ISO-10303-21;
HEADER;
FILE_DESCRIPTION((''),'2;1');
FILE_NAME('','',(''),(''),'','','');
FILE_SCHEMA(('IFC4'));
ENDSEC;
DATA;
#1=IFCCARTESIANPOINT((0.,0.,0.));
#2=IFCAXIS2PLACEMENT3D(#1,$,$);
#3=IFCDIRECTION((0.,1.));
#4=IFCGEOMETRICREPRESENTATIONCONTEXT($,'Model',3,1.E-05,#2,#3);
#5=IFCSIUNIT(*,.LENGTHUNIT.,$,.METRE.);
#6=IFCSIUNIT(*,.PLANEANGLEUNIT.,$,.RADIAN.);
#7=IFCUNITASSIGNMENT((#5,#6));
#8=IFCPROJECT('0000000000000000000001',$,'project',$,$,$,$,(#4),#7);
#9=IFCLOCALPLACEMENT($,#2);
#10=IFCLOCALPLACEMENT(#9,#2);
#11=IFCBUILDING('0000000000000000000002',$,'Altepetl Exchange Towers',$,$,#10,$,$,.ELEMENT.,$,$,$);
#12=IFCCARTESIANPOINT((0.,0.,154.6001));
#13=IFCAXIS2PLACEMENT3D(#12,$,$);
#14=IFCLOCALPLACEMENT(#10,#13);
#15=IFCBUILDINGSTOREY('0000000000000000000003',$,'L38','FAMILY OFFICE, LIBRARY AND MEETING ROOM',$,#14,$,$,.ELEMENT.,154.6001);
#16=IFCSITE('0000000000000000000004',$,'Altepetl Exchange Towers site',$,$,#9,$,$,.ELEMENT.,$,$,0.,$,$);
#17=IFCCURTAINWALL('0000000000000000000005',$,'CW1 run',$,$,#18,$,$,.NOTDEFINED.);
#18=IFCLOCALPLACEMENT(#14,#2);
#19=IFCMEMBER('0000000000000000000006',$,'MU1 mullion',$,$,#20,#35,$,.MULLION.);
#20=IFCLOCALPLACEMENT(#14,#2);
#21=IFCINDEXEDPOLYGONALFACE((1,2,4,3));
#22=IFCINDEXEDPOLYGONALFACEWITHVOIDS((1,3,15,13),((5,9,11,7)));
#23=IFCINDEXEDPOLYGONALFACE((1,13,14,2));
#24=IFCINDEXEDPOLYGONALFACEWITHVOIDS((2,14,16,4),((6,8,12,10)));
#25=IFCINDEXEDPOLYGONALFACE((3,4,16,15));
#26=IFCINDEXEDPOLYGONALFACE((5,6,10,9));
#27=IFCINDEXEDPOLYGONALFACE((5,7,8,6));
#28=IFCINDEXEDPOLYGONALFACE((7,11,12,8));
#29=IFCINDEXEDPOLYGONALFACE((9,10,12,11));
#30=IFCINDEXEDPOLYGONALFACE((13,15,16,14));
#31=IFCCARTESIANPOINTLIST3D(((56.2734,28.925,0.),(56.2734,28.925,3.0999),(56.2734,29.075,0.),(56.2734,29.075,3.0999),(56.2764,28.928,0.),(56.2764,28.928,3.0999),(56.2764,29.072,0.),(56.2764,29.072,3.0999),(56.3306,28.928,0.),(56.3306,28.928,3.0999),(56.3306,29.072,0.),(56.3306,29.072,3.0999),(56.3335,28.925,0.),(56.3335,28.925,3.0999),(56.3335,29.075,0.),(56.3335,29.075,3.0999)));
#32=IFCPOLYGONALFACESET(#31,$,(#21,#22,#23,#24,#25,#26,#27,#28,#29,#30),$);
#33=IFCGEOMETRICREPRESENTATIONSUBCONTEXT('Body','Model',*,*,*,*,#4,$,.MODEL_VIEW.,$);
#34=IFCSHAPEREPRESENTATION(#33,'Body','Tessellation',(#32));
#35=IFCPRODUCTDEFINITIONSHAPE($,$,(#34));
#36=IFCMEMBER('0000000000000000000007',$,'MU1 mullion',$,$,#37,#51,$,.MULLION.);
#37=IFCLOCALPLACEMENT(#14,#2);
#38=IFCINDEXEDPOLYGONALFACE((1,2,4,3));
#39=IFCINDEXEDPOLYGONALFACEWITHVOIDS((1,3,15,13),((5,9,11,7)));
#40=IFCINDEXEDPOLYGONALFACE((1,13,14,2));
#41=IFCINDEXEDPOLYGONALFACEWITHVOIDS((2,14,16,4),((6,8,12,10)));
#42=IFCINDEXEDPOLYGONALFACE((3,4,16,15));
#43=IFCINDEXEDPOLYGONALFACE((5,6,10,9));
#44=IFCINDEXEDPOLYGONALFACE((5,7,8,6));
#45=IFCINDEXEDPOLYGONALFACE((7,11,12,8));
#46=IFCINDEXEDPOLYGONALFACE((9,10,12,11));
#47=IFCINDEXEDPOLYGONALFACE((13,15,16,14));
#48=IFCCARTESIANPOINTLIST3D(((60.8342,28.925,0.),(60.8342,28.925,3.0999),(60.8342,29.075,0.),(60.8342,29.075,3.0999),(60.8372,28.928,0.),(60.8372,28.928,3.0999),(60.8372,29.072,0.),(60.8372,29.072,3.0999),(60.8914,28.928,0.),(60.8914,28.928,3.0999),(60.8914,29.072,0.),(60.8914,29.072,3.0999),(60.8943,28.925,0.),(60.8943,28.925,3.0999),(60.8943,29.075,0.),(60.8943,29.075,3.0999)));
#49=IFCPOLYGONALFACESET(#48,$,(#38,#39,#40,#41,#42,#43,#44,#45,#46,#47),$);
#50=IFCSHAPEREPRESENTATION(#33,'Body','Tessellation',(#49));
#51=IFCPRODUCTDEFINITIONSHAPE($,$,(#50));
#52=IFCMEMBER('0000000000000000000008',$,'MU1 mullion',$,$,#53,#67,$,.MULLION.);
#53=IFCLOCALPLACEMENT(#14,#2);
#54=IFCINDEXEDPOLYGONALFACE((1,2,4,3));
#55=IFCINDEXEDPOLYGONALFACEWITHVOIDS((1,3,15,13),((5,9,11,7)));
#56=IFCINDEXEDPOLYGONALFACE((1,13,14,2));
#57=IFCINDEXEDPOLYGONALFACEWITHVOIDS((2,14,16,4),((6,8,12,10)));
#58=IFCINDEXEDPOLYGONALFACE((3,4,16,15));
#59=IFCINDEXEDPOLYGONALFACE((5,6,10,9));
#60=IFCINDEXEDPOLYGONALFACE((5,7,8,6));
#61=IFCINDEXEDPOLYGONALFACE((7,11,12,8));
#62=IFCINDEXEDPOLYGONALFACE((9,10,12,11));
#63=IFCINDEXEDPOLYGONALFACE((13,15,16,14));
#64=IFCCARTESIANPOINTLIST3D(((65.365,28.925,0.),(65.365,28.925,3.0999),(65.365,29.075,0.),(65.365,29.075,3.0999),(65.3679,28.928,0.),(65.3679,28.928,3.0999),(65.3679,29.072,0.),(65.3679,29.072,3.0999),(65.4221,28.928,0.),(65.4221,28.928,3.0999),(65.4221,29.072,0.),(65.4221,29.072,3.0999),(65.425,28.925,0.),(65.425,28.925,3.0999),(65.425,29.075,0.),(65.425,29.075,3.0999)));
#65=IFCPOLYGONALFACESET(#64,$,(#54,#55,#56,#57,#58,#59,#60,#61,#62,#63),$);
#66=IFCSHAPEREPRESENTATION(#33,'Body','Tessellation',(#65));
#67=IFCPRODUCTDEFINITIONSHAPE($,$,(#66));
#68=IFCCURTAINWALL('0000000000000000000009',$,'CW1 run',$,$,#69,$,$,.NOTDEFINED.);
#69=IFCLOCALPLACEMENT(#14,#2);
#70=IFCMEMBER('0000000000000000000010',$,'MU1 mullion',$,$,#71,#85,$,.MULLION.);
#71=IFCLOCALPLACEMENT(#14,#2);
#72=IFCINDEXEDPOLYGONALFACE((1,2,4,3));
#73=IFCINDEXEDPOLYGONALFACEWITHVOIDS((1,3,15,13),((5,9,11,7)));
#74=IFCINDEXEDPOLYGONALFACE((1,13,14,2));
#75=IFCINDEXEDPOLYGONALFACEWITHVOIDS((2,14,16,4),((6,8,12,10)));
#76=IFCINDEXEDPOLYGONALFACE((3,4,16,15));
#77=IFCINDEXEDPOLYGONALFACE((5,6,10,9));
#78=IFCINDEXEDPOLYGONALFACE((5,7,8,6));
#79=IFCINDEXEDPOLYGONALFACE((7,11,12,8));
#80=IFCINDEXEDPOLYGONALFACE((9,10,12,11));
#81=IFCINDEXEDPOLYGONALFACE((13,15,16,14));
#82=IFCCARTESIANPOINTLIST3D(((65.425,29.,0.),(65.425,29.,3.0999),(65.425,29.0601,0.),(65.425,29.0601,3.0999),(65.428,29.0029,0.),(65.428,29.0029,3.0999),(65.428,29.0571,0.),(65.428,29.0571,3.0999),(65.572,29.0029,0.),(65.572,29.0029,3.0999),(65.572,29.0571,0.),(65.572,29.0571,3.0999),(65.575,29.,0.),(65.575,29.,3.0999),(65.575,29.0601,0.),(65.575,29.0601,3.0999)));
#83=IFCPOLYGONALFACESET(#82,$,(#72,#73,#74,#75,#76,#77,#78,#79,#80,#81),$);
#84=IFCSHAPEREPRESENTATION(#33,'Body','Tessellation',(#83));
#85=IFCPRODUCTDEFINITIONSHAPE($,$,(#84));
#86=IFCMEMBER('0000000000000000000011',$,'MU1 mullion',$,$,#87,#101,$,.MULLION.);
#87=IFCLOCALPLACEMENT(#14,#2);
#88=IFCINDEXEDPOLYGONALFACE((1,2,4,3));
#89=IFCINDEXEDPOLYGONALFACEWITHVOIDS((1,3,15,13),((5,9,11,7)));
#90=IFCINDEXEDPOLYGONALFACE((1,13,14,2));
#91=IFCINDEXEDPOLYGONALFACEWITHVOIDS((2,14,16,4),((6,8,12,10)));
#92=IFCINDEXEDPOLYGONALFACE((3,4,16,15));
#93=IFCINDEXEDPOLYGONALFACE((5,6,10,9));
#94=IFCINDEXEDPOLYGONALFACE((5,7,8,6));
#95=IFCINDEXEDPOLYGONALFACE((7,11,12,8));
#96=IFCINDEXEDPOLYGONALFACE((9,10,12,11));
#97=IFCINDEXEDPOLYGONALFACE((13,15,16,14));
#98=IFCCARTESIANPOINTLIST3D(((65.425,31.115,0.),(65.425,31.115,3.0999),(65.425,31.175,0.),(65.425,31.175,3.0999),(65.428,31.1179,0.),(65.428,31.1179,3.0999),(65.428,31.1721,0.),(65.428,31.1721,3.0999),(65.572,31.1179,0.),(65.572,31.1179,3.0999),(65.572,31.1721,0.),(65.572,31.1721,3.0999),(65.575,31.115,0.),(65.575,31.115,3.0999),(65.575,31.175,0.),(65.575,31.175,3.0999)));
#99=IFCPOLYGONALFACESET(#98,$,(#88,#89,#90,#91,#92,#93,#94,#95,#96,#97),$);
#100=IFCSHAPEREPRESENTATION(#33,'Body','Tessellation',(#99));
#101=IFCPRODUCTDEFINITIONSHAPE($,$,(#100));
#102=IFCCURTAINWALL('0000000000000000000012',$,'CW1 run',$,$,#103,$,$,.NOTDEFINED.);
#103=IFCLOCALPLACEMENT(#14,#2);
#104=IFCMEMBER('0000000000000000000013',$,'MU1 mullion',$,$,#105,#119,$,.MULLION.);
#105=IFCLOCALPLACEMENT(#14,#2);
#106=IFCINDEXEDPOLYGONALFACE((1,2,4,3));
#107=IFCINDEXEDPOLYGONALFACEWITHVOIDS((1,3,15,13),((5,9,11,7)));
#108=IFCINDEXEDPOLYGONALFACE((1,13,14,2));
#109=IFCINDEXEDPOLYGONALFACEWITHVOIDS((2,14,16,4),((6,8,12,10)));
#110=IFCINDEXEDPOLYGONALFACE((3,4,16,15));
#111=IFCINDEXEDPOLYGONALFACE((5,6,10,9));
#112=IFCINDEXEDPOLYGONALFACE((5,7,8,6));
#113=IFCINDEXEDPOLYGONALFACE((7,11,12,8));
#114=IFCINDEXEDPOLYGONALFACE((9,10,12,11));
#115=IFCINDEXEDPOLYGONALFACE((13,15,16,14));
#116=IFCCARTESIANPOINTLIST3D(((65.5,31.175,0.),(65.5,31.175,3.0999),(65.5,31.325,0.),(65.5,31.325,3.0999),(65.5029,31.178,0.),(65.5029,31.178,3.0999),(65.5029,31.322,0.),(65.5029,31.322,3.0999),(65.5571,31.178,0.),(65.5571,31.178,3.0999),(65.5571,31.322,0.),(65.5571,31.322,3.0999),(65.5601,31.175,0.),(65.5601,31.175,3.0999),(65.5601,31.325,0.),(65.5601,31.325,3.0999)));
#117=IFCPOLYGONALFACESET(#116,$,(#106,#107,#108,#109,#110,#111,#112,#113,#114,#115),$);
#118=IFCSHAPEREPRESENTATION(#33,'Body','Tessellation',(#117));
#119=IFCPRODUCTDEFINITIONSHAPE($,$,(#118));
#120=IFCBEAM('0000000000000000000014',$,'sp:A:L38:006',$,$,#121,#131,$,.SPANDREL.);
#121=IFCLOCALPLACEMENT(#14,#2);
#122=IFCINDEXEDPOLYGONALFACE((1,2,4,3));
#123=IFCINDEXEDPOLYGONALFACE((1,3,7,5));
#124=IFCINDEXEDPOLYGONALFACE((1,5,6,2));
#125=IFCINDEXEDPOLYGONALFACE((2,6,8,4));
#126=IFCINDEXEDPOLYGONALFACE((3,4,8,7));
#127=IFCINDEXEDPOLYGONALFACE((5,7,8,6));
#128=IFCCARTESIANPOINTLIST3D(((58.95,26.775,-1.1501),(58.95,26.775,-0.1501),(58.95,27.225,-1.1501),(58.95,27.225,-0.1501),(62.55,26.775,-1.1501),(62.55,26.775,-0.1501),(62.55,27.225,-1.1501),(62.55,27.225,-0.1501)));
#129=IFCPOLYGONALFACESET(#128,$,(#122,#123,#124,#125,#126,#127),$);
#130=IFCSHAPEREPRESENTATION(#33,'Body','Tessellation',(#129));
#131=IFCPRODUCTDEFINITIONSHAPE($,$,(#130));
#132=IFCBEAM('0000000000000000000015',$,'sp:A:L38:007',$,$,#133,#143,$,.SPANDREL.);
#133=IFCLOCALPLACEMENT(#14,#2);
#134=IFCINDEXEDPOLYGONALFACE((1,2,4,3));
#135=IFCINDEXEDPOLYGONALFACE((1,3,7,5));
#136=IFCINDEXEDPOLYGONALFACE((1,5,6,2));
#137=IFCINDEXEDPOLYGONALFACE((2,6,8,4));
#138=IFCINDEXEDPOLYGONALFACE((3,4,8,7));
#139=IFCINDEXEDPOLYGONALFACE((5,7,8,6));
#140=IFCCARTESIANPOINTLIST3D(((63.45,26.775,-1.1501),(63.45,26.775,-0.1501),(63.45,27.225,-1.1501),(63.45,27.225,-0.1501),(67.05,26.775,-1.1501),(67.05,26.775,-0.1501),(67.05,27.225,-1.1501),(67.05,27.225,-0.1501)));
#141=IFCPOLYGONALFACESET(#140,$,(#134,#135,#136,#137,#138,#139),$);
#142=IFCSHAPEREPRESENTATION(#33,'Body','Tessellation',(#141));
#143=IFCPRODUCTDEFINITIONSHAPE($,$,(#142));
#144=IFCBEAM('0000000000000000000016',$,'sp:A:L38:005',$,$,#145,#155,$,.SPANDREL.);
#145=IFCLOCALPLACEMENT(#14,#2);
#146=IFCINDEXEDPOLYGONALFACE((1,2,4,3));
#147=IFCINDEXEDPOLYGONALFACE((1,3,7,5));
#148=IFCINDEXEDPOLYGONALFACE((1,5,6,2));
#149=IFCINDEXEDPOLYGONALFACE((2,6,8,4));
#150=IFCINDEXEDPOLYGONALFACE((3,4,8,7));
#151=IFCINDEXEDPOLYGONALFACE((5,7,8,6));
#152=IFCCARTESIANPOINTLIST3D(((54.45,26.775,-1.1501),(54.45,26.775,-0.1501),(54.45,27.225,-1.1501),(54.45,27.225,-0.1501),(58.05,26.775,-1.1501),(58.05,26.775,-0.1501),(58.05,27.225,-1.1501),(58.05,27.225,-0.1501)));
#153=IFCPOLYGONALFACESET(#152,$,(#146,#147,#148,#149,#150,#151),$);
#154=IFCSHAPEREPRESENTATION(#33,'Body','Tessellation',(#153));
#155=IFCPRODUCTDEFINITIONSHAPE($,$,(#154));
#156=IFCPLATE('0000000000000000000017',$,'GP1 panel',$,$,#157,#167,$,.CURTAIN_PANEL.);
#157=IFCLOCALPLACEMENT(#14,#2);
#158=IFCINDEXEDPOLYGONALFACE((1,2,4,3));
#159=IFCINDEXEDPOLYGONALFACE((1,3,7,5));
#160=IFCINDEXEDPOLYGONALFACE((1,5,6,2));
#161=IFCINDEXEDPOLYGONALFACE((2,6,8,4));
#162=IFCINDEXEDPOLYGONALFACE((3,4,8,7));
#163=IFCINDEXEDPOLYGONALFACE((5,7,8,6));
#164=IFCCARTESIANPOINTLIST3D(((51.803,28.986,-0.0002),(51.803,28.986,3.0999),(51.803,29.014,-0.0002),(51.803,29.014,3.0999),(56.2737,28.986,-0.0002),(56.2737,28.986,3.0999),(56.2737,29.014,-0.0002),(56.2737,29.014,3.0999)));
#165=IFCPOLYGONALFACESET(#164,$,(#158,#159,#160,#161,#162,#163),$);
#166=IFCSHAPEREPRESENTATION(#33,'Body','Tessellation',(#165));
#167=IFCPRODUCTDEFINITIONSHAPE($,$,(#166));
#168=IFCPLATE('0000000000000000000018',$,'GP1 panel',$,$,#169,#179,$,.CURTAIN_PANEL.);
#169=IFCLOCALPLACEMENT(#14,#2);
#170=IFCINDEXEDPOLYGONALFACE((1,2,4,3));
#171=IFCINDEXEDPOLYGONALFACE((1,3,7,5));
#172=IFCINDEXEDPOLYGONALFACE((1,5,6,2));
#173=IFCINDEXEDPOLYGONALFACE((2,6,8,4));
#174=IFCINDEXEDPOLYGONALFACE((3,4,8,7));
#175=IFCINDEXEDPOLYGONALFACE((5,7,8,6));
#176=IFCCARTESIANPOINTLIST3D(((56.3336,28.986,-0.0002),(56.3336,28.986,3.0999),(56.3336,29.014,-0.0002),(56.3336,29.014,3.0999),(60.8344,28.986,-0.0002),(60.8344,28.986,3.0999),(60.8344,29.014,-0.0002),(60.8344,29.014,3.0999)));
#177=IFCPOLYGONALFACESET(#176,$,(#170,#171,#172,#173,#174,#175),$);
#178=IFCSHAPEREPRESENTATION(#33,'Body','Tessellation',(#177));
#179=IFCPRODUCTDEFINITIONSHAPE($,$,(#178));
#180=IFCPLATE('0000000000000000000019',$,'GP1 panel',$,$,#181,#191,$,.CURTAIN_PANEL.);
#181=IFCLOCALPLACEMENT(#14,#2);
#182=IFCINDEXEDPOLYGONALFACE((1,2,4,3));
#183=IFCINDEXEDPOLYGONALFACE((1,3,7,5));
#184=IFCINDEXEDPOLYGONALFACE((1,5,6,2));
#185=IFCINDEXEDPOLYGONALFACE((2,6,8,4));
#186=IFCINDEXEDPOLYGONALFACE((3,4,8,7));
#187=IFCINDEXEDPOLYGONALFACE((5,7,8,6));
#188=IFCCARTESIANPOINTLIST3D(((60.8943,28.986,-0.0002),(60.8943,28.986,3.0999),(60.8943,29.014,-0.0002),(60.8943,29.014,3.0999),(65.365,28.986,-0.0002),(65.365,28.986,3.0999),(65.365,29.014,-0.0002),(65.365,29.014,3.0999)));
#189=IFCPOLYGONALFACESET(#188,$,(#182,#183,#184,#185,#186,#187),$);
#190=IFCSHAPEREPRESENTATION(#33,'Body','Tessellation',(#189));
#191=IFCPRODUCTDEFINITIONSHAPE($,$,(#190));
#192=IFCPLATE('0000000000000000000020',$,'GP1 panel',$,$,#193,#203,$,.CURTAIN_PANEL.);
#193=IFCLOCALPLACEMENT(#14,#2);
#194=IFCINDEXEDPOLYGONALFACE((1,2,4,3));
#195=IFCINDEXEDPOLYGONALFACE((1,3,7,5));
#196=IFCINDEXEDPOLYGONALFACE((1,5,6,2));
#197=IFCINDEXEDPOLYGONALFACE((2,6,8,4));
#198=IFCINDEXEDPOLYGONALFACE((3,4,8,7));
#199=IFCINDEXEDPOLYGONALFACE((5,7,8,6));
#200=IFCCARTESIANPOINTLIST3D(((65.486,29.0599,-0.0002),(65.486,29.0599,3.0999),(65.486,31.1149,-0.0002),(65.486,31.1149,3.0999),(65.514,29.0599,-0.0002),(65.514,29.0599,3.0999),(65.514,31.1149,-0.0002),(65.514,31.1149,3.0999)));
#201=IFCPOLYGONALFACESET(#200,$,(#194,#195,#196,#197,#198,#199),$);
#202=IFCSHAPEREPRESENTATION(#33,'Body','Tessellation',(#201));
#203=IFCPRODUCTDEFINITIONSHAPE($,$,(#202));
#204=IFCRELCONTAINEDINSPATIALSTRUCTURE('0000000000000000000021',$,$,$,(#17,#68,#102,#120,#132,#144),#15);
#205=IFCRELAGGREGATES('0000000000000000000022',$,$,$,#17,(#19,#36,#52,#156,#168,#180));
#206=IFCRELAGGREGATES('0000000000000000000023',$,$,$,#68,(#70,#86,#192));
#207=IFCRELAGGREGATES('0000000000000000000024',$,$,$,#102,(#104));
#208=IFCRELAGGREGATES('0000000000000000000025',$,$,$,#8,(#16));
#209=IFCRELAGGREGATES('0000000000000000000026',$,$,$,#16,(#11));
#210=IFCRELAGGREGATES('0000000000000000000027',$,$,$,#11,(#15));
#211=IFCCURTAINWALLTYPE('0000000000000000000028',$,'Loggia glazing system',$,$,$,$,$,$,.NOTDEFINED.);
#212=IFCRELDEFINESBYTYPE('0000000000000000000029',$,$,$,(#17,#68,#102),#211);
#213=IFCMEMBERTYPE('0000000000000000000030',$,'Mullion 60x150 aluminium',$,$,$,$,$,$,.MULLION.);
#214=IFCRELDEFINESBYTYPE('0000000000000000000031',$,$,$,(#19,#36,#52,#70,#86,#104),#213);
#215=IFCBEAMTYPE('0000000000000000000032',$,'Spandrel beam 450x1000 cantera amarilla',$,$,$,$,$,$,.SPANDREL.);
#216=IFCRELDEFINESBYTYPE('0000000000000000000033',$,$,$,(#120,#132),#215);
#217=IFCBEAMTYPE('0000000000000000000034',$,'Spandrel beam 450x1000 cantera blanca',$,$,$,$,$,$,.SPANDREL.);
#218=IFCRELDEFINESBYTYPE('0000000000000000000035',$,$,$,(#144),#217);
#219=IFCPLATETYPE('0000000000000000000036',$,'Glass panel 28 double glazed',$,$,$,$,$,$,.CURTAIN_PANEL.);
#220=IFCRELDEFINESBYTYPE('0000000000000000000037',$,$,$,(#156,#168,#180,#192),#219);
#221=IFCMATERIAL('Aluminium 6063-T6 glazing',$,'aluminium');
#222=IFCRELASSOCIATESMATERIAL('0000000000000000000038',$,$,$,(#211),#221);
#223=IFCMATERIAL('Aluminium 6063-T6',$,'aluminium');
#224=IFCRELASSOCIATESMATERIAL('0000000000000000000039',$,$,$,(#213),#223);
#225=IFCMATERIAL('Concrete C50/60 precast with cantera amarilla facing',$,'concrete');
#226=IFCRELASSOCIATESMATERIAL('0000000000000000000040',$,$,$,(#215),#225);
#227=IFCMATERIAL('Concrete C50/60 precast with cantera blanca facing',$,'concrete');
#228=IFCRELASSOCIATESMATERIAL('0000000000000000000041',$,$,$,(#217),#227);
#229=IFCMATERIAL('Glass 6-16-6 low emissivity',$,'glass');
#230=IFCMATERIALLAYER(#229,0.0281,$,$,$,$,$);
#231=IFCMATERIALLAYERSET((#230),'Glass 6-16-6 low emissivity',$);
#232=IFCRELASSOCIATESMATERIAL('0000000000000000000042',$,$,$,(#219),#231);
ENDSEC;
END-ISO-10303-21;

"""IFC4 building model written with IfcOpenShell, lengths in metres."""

from ifc_helpers import new_model, si_unit, direction, frame, origin, origin_2d, place, context, subcontext, project, spatial, rectangle, hollow_rectangle, extrude, material, layer, layer_set, material_profile, profile_set, type_object, element, aggregate, save


model = new_model("IFC4")

# Units and contexts
model_context = context("Model", 3, precision=1e-05, world=origin(), true_north=direction((0.0, 1.0)))
body_context = subcontext(model_context, "Body", "Model", "MODEL_VIEW")
ifc_project = project(units=[si_unit("LENGTHUNIT", "METRE"), si_unit("PLANEANGLEUNIT", "RADIAN")], contexts=[model_context])

# Site, building, storey
site_placement = place(None, origin())
site = spatial("IfcSite", under=ifc_project, at=site_placement, Name="Altepetl Exchange Towers site", CompositionType="ELEMENT", RefElevation=0.0)
building_placement = place(site_placement, origin())
building = spatial("IfcBuilding", under=site, at=building_placement, Name="Altepetl Exchange Towers", CompositionType="ELEMENT")
storey_placement = place(building_placement, frame((0.0, 0.0, 154.6001)))
storey = spatial("IfcBuildingStorey", under=building, at=storey_placement, Name="L38", Description="FAMILY OFFICE, LIBRARY AND MEETING ROOM", CompositionType="ELEMENT", Elevation=154.6001)

# Curtain walls, members
ifc_material_1 = material(Name="Aluminium 6063-T6 glazing", Category="aluminium")
curtain_wall_type = type_object("IfcCurtainWallType", Name="Loggia glazing system", PredefinedType="NOTDEFINED", material=ifc_material_1)
curtain_wall_1_placement = place(storey_placement, origin())
curtain_wall_1 = element("IfcCurtainWall", 1, at=curtain_wall_1_placement, inside=storey, type_object=curtain_wall_type, Name="CW1 run", PredefinedType="NOTDEFINED")
ifc_material_2 = material(Name="Aluminium 6063-T6", Category="aluminium")
ifc_material_profile_1 = material_profile(ifc_material_2, hollow_rectangle(XDim=0.0601, YDim=0.1499, WallThickness=0.0029, at=origin_2d()), Name="Mullion 60x150 aluminium")
ifc_profile_set_1 = profile_set([ifc_material_profile_1], Name="Aluminium 6063-T6")
member_type = type_object("IfcMemberType", Name="Mullion 60x150 aluminium", PredefinedType="MULLION", material=ifc_profile_set_1)
member_1_placement = place(storey_placement, frame((56.3035, 29.0, 0.0)))
member_1 = element("IfcMember", 2, at=member_1_placement, type_object=member_type, Name="MU1 mullion", PredefinedType="MULLION", context=body_context, shape_type="SweptSolid", body=[
    extrude(hollow_rectangle(XDim=0.0601, YDim=0.1499, WallThickness=0.0029, at=origin_2d()), origin(), (0.0, 0.0, 1.0), 3.0999),
])
member_2_placement = place(storey_placement, frame((60.8643, 29.0, 0.0)))
member_2 = element("IfcMember", 3, at=member_2_placement, type_object=member_type, Name="MU1 mullion", PredefinedType="MULLION", context=body_context, shape_type="SweptSolid", body=[
    extrude(hollow_rectangle(XDim=0.0601, YDim=0.1499, WallThickness=0.0029, at=origin_2d()), origin(), (0.0, 0.0, 1.0), 3.0999),
])
member_3_placement = place(storey_placement, frame((65.395, 29.0, 0.0)))
member_3 = element("IfcMember", 4, at=member_3_placement, type_object=member_type, Name="MU1 mullion", PredefinedType="MULLION", context=body_context, shape_type="SweptSolid", body=[
    extrude(hollow_rectangle(XDim=0.0601, YDim=0.1499, WallThickness=0.0029, at=origin_2d()), origin(), (0.0, 0.0, 1.0), 3.0999),
])
curtain_wall_2_placement = place(storey_placement, origin())
curtain_wall_2 = element("IfcCurtainWall", 5, at=curtain_wall_2_placement, inside=storey, type_object=curtain_wall_type, Name="CW1 run", PredefinedType="NOTDEFINED")
member_4_placement = place(storey_placement, frame((65.5, 29.03, 0.0), z_axis=(0.0, 0.0, 1.0), x_axis=(0.0, 1.0, 0.0)))
member_4 = element("IfcMember", 6, at=member_4_placement, type_object=member_type, Name="MU1 mullion", PredefinedType="MULLION", context=body_context, shape_type="SweptSolid", body=[
    extrude(hollow_rectangle(XDim=0.0601, YDim=0.1499, WallThickness=0.0029, at=origin_2d()), origin(), (0.0, 0.0, 1.0), 3.0999),
])
member_5_placement = place(storey_placement, frame((65.5, 31.145, 0.0), z_axis=(0.0, 0.0, 1.0), x_axis=(0.0, 1.0, 0.0)))
member_5 = element("IfcMember", 7, at=member_5_placement, type_object=member_type, Name="MU1 mullion", PredefinedType="MULLION", context=body_context, shape_type="SweptSolid", body=[
    extrude(hollow_rectangle(XDim=0.0601, YDim=0.1499, WallThickness=0.0029, at=origin_2d()), origin(), (0.0, 0.0, 1.0), 3.0999),
])

# Curtain wall, member
curtain_wall_3_placement = place(storey_placement, origin())
curtain_wall_3 = element("IfcCurtainWall", 8, at=curtain_wall_3_placement, inside=storey, type_object=curtain_wall_type, Name="CW1 run", PredefinedType="NOTDEFINED")
member_6_placement = place(storey_placement, frame((65.53, 31.25, 0.0)))
member_6 = element("IfcMember", 9, at=member_6_placement, type_object=member_type, Name="MU1 mullion", PredefinedType="MULLION", context=body_context, shape_type="SweptSolid", body=[
    extrude(hollow_rectangle(XDim=0.0601, YDim=0.1499, WallThickness=0.0029, at=origin_2d()), origin(), (0.0, 0.0, 1.0), 3.0999),
])

# Beams
ifc_material_3 = material(Name="Concrete C50/60 precast with cantera amarilla facing", Category="concrete")
ifc_material_profile_2 = material_profile(ifc_material_3, rectangle(XDim=0.45, YDim=1.0, at=origin_2d()), Name="450 x 1000")
ifc_profile_set_2 = profile_set([ifc_material_profile_2], Name="Concrete C50/60 precast with cantera amarilla facing")
beam_type_1 = type_object("IfcBeamType", Name="Spandrel beam 450x1000 cantera amarilla", PredefinedType="SPANDREL", material=ifc_profile_set_2)
for number, where, z_axis, x_axis, name in (
    (10, (58.95, 27.0, -0.6501), (1.0, 0.0, 0.0), (0.0, 1.0, 0.0), "sp:A:L38:006"),
    (11, (63.45, 27.0, -0.6501), (1.0, 0.0, 0.0), (0.0, 1.0, 0.0), "sp:A:L38:007"),
):
    element("IfcBeam", number, at=place(storey_placement, frame(where, z_axis=z_axis, x_axis=x_axis)), inside=storey, type_object=beam_type_1, Name=name, PredefinedType="SPANDREL", context=body_context, shape_type="SweptSolid", body=[
        extrude(rectangle(XDim=0.45, YDim=1.0, at=origin_2d()), origin(), (0.0, 0.0, 1.0), 3.6001),
    ])
ifc_material_4 = material(Name="Concrete C50/60 precast with cantera blanca facing", Category="concrete")
ifc_material_profile_3 = material_profile(ifc_material_4, rectangle(XDim=0.45, YDim=1.0, at=origin_2d()), Name="450 x 1000")
ifc_profile_set_3 = profile_set([ifc_material_profile_3], Name="Concrete C50/60 precast with cantera blanca facing")
beam_type_2 = type_object("IfcBeamType", Name="Spandrel beam 450x1000 cantera blanca", PredefinedType="SPANDREL", material=ifc_profile_set_3)
beam_1_placement = place(storey_placement, frame((54.45, 27.0, -0.6501), z_axis=(1.0, 0.0, 0.0), x_axis=(0.0, 1.0, 0.0)))
element("IfcBeam", 12, at=beam_1_placement, inside=storey, type_object=beam_type_2, Name="sp:A:L38:005", PredefinedType="SPANDREL", context=body_context, shape_type="SweptSolid", body=[
    extrude(rectangle(XDim=0.45, YDim=1.0, at=origin_2d()), origin(), (0.0, 0.0, 1.0), 3.6001),
])

# Plates
ifc_material_5 = material(Name="Glass 6-16-6 low emissivity", Category="glass")
ifc_layer_1 = layer(ifc_material_5, 0.0281)
ifc_layer_set_1 = layer_set([ifc_layer_1], Name="Glass 6-16-6 low emissivity")
plate_type = type_object("IfcPlateType", Name="Glass panel 28 double glazed", PredefinedType="CURTAIN_PANEL", material=ifc_layer_set_1)
plate_1_placement = place(storey_placement, frame((54.0383, 29.0, -0.0002)))
plate_1 = element("IfcPlate", 13, at=plate_1_placement, type_object=plate_type, Name="GP1 panel", PredefinedType="CURTAIN_PANEL", context=body_context, shape_type="SweptSolid", body=[
    extrude(rectangle(XDim=4.4707, YDim=0.0281, at=origin_2d()), origin(), (0.0, 0.0, 1.0), 3.1001),
])
plate_2_placement = place(storey_placement, frame((58.584, 29.0, -0.0002)))
plate_2 = element("IfcPlate", 14, at=plate_2_placement, type_object=plate_type, Name="GP1 panel", PredefinedType="CURTAIN_PANEL", context=body_context, shape_type="SweptSolid", body=[
    extrude(rectangle(XDim=4.5007, YDim=0.0281, at=origin_2d()), origin(), (0.0, 0.0, 1.0), 3.1001),
])
plate_3_placement = place(storey_placement, frame((63.1296, 29.0, -0.0002)))
plate_3 = element("IfcPlate", 15, at=plate_3_placement, type_object=plate_type, Name="GP1 panel", PredefinedType="CURTAIN_PANEL", context=body_context, shape_type="SweptSolid", body=[
    extrude(rectangle(XDim=4.4707, YDim=0.0281, at=origin_2d()), origin(), (0.0, 0.0, 1.0), 3.1001),
])
aggregate(curtain_wall_1, [member_1, member_2, member_3, plate_1, plate_2, plate_3])
plate_4_placement = place(storey_placement, frame((65.5, 30.0874, -0.0002), z_axis=(0.0, 0.0, 1.0), x_axis=(0.0, 1.0, 0.0)))
plate_4 = element("IfcPlate", 16, at=plate_4_placement, type_object=plate_type, Name="GP1 panel", PredefinedType="CURTAIN_PANEL", context=body_context, shape_type="SweptSolid", body=[
    extrude(rectangle(XDim=2.0549, YDim=0.0281, at=origin_2d()), origin(), (0.0, 0.0, 1.0), 3.1001),
])
aggregate(curtain_wall_2, [member_4, member_5, plate_4])
aggregate(curtain_wall_3, [member_6])

save(model, "model.ifc")
